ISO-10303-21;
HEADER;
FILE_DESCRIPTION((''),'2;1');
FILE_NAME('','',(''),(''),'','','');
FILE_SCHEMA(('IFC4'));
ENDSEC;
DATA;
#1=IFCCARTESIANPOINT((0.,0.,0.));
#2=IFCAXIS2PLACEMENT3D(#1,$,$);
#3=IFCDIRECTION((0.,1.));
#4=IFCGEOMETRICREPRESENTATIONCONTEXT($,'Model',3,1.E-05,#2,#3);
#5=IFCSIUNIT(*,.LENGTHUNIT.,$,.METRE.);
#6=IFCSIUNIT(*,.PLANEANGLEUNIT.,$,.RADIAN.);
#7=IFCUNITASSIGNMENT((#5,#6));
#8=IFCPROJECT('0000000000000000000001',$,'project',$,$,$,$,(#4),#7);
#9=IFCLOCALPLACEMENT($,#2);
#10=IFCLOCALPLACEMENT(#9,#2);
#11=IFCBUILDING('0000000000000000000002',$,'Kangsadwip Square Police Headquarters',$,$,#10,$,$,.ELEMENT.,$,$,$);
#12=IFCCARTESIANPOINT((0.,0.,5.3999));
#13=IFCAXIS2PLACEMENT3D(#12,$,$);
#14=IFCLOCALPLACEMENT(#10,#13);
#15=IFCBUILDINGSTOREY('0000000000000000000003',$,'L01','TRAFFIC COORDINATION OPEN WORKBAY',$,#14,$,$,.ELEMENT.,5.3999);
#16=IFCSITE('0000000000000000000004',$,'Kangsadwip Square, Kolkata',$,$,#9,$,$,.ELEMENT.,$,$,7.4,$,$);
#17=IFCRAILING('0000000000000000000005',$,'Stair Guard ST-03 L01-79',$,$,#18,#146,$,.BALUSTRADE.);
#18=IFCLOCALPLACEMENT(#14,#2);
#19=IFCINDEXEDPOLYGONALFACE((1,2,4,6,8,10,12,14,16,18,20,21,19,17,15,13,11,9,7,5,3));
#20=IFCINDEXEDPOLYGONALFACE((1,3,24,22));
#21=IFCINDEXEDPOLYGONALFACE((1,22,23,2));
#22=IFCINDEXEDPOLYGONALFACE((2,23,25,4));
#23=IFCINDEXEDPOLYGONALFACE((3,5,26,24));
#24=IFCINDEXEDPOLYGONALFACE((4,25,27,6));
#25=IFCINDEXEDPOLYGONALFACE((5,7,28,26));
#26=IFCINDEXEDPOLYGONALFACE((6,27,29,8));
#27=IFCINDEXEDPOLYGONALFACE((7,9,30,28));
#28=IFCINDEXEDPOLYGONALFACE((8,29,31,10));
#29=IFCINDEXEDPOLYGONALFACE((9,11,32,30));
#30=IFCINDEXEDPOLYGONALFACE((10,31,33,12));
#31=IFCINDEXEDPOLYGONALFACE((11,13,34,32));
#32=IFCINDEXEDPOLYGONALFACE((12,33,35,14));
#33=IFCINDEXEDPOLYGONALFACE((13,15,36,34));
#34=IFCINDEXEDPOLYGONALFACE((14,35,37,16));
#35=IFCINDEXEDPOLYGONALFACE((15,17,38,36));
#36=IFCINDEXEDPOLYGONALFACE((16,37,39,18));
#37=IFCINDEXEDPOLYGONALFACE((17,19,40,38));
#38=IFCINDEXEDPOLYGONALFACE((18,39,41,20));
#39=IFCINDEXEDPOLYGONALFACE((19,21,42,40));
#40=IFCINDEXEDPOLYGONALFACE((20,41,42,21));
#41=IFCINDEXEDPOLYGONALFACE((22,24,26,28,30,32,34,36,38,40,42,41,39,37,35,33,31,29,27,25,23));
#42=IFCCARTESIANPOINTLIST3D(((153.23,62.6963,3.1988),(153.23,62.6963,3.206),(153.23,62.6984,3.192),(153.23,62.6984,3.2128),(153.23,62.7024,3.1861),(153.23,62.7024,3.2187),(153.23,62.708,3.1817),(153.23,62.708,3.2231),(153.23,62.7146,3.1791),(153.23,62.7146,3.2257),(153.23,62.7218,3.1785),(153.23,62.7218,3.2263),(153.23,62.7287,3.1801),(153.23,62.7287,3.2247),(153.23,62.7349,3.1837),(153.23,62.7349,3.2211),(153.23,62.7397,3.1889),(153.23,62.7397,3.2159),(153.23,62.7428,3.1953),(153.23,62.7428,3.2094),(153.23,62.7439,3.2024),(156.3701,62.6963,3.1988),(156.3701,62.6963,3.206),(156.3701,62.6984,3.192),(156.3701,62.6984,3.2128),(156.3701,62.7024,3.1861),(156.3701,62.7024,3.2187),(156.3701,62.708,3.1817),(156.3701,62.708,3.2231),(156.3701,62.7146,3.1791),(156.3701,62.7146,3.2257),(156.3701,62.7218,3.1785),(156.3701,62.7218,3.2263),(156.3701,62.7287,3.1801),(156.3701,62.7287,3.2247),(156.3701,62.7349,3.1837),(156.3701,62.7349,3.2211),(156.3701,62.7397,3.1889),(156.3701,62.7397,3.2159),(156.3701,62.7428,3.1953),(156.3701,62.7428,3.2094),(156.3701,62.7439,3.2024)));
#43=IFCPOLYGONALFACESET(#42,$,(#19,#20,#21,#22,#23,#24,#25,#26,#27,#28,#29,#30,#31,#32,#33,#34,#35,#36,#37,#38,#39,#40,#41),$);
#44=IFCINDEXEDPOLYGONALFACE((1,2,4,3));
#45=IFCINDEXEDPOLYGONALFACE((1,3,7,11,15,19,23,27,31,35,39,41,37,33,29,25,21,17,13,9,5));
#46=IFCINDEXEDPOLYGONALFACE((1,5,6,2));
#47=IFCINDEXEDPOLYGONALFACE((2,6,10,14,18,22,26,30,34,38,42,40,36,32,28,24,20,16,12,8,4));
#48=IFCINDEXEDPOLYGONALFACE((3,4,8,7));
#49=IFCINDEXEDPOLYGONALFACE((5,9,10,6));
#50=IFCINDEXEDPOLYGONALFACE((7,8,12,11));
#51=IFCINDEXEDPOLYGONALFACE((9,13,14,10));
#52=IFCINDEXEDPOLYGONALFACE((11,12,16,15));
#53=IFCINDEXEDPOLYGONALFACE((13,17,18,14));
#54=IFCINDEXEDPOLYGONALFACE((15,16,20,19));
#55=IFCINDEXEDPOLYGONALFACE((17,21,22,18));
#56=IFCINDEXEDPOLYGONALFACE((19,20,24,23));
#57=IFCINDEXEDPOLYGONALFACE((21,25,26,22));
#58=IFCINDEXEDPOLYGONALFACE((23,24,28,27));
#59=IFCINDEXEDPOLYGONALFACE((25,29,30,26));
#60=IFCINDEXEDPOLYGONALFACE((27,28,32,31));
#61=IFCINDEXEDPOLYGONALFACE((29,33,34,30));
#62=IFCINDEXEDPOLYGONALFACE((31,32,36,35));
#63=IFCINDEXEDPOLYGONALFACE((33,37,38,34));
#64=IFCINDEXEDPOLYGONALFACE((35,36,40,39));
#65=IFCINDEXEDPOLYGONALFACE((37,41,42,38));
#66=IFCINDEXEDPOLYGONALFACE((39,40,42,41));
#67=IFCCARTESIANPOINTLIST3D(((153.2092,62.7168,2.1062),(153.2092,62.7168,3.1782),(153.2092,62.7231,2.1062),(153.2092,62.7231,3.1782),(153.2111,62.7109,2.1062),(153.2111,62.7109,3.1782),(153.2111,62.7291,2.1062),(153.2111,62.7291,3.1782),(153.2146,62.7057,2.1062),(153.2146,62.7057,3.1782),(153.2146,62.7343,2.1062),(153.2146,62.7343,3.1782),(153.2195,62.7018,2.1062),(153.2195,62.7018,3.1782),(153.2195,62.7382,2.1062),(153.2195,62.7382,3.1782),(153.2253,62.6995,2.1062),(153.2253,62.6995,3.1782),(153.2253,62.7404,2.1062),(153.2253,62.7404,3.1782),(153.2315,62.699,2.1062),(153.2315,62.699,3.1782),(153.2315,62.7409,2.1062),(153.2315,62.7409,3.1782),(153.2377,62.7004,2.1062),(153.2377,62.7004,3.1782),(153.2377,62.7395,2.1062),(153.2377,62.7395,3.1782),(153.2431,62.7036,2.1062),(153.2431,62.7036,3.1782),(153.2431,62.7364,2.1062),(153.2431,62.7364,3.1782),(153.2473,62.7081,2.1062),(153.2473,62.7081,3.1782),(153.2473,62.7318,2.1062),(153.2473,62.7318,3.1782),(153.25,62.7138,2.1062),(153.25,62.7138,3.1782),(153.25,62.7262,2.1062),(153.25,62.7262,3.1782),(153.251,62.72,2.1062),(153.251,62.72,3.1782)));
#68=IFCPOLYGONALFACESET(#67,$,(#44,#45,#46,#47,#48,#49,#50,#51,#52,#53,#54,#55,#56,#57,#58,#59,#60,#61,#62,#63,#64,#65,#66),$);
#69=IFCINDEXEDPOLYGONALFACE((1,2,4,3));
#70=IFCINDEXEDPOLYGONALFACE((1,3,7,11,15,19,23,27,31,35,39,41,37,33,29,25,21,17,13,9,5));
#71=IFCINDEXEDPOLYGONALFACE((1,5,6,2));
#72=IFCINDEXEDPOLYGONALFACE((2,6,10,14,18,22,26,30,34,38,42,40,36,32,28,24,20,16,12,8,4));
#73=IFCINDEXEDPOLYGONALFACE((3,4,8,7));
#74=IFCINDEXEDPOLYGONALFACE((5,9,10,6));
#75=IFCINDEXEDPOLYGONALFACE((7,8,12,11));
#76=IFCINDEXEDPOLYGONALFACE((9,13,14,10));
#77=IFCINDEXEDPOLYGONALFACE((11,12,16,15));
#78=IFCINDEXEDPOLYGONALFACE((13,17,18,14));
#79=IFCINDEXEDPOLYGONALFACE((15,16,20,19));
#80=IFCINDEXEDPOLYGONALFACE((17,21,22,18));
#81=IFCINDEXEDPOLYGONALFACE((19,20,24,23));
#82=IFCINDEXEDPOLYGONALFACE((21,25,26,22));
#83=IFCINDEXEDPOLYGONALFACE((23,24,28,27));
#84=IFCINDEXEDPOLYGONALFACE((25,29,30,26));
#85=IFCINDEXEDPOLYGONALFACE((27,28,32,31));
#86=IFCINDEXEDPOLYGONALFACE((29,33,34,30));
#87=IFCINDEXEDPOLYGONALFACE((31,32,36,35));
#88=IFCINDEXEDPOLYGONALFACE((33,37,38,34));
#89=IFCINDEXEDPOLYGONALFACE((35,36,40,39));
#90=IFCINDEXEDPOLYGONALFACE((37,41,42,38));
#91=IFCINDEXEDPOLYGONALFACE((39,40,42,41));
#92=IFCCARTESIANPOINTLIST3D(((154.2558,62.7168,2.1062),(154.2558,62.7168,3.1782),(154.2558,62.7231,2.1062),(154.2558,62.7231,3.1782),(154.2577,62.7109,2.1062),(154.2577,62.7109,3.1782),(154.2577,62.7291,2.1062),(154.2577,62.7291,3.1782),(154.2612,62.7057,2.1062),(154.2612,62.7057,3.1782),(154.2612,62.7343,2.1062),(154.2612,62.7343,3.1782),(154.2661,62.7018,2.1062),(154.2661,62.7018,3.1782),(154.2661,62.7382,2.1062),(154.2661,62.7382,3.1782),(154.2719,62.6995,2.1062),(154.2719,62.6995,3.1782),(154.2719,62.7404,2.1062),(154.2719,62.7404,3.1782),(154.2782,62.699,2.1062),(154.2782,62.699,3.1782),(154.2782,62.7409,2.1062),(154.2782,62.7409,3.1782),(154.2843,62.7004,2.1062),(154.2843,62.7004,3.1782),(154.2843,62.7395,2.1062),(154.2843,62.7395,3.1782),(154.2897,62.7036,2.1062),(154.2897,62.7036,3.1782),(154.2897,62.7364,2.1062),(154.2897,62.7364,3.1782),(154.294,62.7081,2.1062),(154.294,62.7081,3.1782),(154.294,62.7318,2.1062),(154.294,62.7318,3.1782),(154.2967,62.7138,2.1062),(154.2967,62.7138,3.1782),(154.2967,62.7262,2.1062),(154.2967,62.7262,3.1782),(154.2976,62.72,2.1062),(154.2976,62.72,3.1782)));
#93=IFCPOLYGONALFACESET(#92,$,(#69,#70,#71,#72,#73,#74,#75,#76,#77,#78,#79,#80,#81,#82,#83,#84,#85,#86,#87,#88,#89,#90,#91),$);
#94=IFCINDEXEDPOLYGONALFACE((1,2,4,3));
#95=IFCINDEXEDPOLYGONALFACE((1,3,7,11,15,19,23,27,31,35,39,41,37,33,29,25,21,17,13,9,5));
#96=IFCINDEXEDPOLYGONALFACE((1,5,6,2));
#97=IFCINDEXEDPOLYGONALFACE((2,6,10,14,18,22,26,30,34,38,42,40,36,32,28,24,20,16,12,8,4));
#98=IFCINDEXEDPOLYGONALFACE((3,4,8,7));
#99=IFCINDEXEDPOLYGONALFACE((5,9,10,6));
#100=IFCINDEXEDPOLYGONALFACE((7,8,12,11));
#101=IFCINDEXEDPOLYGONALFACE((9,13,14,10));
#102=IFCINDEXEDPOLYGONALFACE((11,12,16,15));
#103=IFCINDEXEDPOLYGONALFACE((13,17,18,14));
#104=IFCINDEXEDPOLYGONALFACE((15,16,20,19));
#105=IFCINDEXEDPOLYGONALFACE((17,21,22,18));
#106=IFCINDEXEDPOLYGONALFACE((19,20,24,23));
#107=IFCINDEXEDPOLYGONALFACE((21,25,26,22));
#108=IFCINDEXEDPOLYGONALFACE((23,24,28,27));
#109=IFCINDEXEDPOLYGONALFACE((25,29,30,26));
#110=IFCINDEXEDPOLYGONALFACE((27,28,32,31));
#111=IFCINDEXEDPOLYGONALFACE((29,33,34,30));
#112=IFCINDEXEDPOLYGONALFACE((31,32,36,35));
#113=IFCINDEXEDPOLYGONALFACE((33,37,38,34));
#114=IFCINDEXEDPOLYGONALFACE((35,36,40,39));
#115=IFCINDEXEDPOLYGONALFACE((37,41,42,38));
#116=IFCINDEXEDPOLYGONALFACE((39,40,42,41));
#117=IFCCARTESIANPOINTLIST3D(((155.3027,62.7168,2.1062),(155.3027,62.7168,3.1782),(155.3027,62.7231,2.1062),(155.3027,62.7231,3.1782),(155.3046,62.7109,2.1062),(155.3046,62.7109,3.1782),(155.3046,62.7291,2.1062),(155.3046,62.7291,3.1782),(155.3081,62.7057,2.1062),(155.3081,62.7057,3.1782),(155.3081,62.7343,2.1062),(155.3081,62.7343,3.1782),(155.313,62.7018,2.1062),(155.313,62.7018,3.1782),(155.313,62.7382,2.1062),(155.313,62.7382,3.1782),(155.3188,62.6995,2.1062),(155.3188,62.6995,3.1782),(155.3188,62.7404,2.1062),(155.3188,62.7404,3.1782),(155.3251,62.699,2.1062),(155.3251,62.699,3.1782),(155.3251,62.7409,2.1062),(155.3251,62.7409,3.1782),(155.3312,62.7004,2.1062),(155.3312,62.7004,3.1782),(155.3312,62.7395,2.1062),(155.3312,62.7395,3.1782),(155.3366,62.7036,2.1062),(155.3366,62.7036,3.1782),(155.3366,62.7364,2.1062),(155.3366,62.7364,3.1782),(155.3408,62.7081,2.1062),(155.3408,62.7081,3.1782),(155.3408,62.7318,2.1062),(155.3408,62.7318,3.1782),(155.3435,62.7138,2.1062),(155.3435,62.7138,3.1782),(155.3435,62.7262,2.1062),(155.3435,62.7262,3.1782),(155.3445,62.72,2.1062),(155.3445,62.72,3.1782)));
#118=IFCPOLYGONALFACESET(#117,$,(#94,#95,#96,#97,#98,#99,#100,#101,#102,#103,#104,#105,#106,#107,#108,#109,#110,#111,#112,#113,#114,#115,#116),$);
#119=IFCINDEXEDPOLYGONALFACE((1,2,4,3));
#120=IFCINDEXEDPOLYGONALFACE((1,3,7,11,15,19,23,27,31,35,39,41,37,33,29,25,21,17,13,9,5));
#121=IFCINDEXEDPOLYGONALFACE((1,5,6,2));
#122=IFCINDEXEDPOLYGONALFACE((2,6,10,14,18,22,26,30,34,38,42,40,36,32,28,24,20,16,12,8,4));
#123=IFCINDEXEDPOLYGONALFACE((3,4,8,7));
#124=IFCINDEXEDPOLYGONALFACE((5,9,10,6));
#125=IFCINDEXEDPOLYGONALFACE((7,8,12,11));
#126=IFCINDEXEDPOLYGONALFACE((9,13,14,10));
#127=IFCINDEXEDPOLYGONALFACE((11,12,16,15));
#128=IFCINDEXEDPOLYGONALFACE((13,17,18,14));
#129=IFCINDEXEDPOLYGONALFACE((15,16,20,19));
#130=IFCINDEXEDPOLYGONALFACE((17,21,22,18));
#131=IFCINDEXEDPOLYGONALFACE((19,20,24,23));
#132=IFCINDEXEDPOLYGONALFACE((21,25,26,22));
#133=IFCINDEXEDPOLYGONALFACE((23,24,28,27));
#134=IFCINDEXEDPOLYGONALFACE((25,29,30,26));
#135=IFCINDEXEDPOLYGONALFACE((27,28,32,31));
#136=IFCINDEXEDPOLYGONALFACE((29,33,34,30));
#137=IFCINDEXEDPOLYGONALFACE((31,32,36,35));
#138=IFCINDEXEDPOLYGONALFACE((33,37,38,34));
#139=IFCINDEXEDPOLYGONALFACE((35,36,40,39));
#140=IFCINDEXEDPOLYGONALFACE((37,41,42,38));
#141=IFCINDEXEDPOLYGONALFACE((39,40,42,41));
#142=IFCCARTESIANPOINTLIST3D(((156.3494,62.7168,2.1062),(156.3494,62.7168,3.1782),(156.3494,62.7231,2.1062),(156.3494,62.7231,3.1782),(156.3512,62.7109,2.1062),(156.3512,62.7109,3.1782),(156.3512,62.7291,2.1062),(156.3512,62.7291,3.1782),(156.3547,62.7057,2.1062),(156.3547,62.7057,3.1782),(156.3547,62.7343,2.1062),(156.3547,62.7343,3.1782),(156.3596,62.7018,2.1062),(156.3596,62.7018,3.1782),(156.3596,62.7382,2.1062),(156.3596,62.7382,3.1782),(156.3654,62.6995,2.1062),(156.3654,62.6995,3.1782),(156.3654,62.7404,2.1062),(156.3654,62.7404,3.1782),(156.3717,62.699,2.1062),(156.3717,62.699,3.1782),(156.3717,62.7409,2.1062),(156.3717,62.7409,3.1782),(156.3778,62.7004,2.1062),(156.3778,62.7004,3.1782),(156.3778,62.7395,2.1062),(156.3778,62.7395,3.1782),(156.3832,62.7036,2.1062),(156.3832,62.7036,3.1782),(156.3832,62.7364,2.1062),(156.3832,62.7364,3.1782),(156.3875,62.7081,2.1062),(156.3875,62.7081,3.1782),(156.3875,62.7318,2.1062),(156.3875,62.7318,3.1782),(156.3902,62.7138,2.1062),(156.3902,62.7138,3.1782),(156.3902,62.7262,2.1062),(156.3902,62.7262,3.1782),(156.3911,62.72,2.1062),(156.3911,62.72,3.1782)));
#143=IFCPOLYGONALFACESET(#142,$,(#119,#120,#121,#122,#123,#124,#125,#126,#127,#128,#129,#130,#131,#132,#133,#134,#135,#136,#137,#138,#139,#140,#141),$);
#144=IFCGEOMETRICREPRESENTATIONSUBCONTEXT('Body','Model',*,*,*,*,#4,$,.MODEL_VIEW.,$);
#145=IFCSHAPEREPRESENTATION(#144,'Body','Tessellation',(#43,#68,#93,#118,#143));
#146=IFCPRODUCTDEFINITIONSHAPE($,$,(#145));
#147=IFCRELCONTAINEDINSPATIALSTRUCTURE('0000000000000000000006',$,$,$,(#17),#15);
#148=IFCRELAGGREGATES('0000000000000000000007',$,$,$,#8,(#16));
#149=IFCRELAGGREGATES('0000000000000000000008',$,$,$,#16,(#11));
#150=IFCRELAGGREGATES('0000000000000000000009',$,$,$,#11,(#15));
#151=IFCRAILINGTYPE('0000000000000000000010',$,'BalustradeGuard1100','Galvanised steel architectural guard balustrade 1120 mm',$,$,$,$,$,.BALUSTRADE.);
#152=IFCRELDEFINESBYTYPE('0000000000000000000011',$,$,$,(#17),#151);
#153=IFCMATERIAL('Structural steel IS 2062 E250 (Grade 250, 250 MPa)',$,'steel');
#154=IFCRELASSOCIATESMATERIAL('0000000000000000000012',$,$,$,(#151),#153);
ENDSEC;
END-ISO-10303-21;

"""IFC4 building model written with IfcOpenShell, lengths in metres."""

from ifc_helpers import new_model, si_unit, direction, frame, origin, origin_2d, place, context, subcontext, project, spatial, circle, extrude, material, type_object, element, save


model = new_model("IFC4")

# Units and contexts
model_context = context("Model", 3, precision=1e-05, world=origin(), true_north=direction((0.0, 1.0)))
body_context = subcontext(model_context, "Body", "Model", "MODEL_VIEW")
ifc_project = project(units=[si_unit("LENGTHUNIT", "METRE"), si_unit("PLANEANGLEUNIT", "RADIAN")], contexts=[model_context])

# Site, building, storey
site_placement = place(None, origin())
site = spatial("IfcSite", under=ifc_project, at=site_placement, Name="Kangsadwip Square, Kolkata", CompositionType="ELEMENT", RefElevation=7.4)
building_placement = place(site_placement, origin())
building = spatial("IfcBuilding", under=site, at=building_placement, Name="Kangsadwip Square Police Headquarters", CompositionType="ELEMENT")
storey_placement = place(building_placement, frame((0.0, 0.0, 5.3999)))
storey = spatial("IfcBuildingStorey", under=building, at=storey_placement, Name="L01", Description="TRAFFIC COORDINATION OPEN WORKBAY", CompositionType="ELEMENT", Elevation=5.3999)

# Railing
ifc_material_1 = material(Name="Structural steel IS 2062 E250 (Grade 250, 250 MPa)", Category="steel")
railing_type_1 = type_object("IfcRailingType", Name="BalustradeGuard1100", Description="Galvanised steel architectural guard balustrade 1120 mm", PredefinedType="BALUSTRADE", material=ifc_material_1)
for number, where, name in (
    (1, (153.23, 62.72, 2.1062), "Stair Guard ST-03 L01-79"),
):
    element("IfcRailing", number, at=place(storey_placement, frame(where)), inside=storey, type_object=railing_type_1, Name=name, PredefinedType="BALUSTRADE", context=body_context, shape_type="SweptSolid", body=[
        extrude(circle(Radius=0.0239, at=origin_2d()), frame((0.0, 0.0, 1.0962), z_axis=(1.0, 0.0, 0.0), x_axis=(0.0, 1.0, 0.0)), (0.0, 0.0, 1.0), 3.1401),
        extrude(circle(Radius=0.021, at=origin_2d()), origin(), (0.0, 0.0, 1.0), 1.072),
        extrude(circle(Radius=0.021, at=origin_2d()), frame((1.0466, 0.0, 0.0)), (0.0, 0.0, 1.0), 1.072),
        extrude(circle(Radius=0.021, at=origin_2d()), frame((2.0935, 0.0, 0.0)), (0.0, 0.0, 1.0), 1.072),
        extrude(circle(Radius=0.021, at=origin_2d()), frame((3.1401, 0.0, 0.0)), (0.0, 0.0, 1.0), 1.072),
    ])

save(model, "model.ifc")
